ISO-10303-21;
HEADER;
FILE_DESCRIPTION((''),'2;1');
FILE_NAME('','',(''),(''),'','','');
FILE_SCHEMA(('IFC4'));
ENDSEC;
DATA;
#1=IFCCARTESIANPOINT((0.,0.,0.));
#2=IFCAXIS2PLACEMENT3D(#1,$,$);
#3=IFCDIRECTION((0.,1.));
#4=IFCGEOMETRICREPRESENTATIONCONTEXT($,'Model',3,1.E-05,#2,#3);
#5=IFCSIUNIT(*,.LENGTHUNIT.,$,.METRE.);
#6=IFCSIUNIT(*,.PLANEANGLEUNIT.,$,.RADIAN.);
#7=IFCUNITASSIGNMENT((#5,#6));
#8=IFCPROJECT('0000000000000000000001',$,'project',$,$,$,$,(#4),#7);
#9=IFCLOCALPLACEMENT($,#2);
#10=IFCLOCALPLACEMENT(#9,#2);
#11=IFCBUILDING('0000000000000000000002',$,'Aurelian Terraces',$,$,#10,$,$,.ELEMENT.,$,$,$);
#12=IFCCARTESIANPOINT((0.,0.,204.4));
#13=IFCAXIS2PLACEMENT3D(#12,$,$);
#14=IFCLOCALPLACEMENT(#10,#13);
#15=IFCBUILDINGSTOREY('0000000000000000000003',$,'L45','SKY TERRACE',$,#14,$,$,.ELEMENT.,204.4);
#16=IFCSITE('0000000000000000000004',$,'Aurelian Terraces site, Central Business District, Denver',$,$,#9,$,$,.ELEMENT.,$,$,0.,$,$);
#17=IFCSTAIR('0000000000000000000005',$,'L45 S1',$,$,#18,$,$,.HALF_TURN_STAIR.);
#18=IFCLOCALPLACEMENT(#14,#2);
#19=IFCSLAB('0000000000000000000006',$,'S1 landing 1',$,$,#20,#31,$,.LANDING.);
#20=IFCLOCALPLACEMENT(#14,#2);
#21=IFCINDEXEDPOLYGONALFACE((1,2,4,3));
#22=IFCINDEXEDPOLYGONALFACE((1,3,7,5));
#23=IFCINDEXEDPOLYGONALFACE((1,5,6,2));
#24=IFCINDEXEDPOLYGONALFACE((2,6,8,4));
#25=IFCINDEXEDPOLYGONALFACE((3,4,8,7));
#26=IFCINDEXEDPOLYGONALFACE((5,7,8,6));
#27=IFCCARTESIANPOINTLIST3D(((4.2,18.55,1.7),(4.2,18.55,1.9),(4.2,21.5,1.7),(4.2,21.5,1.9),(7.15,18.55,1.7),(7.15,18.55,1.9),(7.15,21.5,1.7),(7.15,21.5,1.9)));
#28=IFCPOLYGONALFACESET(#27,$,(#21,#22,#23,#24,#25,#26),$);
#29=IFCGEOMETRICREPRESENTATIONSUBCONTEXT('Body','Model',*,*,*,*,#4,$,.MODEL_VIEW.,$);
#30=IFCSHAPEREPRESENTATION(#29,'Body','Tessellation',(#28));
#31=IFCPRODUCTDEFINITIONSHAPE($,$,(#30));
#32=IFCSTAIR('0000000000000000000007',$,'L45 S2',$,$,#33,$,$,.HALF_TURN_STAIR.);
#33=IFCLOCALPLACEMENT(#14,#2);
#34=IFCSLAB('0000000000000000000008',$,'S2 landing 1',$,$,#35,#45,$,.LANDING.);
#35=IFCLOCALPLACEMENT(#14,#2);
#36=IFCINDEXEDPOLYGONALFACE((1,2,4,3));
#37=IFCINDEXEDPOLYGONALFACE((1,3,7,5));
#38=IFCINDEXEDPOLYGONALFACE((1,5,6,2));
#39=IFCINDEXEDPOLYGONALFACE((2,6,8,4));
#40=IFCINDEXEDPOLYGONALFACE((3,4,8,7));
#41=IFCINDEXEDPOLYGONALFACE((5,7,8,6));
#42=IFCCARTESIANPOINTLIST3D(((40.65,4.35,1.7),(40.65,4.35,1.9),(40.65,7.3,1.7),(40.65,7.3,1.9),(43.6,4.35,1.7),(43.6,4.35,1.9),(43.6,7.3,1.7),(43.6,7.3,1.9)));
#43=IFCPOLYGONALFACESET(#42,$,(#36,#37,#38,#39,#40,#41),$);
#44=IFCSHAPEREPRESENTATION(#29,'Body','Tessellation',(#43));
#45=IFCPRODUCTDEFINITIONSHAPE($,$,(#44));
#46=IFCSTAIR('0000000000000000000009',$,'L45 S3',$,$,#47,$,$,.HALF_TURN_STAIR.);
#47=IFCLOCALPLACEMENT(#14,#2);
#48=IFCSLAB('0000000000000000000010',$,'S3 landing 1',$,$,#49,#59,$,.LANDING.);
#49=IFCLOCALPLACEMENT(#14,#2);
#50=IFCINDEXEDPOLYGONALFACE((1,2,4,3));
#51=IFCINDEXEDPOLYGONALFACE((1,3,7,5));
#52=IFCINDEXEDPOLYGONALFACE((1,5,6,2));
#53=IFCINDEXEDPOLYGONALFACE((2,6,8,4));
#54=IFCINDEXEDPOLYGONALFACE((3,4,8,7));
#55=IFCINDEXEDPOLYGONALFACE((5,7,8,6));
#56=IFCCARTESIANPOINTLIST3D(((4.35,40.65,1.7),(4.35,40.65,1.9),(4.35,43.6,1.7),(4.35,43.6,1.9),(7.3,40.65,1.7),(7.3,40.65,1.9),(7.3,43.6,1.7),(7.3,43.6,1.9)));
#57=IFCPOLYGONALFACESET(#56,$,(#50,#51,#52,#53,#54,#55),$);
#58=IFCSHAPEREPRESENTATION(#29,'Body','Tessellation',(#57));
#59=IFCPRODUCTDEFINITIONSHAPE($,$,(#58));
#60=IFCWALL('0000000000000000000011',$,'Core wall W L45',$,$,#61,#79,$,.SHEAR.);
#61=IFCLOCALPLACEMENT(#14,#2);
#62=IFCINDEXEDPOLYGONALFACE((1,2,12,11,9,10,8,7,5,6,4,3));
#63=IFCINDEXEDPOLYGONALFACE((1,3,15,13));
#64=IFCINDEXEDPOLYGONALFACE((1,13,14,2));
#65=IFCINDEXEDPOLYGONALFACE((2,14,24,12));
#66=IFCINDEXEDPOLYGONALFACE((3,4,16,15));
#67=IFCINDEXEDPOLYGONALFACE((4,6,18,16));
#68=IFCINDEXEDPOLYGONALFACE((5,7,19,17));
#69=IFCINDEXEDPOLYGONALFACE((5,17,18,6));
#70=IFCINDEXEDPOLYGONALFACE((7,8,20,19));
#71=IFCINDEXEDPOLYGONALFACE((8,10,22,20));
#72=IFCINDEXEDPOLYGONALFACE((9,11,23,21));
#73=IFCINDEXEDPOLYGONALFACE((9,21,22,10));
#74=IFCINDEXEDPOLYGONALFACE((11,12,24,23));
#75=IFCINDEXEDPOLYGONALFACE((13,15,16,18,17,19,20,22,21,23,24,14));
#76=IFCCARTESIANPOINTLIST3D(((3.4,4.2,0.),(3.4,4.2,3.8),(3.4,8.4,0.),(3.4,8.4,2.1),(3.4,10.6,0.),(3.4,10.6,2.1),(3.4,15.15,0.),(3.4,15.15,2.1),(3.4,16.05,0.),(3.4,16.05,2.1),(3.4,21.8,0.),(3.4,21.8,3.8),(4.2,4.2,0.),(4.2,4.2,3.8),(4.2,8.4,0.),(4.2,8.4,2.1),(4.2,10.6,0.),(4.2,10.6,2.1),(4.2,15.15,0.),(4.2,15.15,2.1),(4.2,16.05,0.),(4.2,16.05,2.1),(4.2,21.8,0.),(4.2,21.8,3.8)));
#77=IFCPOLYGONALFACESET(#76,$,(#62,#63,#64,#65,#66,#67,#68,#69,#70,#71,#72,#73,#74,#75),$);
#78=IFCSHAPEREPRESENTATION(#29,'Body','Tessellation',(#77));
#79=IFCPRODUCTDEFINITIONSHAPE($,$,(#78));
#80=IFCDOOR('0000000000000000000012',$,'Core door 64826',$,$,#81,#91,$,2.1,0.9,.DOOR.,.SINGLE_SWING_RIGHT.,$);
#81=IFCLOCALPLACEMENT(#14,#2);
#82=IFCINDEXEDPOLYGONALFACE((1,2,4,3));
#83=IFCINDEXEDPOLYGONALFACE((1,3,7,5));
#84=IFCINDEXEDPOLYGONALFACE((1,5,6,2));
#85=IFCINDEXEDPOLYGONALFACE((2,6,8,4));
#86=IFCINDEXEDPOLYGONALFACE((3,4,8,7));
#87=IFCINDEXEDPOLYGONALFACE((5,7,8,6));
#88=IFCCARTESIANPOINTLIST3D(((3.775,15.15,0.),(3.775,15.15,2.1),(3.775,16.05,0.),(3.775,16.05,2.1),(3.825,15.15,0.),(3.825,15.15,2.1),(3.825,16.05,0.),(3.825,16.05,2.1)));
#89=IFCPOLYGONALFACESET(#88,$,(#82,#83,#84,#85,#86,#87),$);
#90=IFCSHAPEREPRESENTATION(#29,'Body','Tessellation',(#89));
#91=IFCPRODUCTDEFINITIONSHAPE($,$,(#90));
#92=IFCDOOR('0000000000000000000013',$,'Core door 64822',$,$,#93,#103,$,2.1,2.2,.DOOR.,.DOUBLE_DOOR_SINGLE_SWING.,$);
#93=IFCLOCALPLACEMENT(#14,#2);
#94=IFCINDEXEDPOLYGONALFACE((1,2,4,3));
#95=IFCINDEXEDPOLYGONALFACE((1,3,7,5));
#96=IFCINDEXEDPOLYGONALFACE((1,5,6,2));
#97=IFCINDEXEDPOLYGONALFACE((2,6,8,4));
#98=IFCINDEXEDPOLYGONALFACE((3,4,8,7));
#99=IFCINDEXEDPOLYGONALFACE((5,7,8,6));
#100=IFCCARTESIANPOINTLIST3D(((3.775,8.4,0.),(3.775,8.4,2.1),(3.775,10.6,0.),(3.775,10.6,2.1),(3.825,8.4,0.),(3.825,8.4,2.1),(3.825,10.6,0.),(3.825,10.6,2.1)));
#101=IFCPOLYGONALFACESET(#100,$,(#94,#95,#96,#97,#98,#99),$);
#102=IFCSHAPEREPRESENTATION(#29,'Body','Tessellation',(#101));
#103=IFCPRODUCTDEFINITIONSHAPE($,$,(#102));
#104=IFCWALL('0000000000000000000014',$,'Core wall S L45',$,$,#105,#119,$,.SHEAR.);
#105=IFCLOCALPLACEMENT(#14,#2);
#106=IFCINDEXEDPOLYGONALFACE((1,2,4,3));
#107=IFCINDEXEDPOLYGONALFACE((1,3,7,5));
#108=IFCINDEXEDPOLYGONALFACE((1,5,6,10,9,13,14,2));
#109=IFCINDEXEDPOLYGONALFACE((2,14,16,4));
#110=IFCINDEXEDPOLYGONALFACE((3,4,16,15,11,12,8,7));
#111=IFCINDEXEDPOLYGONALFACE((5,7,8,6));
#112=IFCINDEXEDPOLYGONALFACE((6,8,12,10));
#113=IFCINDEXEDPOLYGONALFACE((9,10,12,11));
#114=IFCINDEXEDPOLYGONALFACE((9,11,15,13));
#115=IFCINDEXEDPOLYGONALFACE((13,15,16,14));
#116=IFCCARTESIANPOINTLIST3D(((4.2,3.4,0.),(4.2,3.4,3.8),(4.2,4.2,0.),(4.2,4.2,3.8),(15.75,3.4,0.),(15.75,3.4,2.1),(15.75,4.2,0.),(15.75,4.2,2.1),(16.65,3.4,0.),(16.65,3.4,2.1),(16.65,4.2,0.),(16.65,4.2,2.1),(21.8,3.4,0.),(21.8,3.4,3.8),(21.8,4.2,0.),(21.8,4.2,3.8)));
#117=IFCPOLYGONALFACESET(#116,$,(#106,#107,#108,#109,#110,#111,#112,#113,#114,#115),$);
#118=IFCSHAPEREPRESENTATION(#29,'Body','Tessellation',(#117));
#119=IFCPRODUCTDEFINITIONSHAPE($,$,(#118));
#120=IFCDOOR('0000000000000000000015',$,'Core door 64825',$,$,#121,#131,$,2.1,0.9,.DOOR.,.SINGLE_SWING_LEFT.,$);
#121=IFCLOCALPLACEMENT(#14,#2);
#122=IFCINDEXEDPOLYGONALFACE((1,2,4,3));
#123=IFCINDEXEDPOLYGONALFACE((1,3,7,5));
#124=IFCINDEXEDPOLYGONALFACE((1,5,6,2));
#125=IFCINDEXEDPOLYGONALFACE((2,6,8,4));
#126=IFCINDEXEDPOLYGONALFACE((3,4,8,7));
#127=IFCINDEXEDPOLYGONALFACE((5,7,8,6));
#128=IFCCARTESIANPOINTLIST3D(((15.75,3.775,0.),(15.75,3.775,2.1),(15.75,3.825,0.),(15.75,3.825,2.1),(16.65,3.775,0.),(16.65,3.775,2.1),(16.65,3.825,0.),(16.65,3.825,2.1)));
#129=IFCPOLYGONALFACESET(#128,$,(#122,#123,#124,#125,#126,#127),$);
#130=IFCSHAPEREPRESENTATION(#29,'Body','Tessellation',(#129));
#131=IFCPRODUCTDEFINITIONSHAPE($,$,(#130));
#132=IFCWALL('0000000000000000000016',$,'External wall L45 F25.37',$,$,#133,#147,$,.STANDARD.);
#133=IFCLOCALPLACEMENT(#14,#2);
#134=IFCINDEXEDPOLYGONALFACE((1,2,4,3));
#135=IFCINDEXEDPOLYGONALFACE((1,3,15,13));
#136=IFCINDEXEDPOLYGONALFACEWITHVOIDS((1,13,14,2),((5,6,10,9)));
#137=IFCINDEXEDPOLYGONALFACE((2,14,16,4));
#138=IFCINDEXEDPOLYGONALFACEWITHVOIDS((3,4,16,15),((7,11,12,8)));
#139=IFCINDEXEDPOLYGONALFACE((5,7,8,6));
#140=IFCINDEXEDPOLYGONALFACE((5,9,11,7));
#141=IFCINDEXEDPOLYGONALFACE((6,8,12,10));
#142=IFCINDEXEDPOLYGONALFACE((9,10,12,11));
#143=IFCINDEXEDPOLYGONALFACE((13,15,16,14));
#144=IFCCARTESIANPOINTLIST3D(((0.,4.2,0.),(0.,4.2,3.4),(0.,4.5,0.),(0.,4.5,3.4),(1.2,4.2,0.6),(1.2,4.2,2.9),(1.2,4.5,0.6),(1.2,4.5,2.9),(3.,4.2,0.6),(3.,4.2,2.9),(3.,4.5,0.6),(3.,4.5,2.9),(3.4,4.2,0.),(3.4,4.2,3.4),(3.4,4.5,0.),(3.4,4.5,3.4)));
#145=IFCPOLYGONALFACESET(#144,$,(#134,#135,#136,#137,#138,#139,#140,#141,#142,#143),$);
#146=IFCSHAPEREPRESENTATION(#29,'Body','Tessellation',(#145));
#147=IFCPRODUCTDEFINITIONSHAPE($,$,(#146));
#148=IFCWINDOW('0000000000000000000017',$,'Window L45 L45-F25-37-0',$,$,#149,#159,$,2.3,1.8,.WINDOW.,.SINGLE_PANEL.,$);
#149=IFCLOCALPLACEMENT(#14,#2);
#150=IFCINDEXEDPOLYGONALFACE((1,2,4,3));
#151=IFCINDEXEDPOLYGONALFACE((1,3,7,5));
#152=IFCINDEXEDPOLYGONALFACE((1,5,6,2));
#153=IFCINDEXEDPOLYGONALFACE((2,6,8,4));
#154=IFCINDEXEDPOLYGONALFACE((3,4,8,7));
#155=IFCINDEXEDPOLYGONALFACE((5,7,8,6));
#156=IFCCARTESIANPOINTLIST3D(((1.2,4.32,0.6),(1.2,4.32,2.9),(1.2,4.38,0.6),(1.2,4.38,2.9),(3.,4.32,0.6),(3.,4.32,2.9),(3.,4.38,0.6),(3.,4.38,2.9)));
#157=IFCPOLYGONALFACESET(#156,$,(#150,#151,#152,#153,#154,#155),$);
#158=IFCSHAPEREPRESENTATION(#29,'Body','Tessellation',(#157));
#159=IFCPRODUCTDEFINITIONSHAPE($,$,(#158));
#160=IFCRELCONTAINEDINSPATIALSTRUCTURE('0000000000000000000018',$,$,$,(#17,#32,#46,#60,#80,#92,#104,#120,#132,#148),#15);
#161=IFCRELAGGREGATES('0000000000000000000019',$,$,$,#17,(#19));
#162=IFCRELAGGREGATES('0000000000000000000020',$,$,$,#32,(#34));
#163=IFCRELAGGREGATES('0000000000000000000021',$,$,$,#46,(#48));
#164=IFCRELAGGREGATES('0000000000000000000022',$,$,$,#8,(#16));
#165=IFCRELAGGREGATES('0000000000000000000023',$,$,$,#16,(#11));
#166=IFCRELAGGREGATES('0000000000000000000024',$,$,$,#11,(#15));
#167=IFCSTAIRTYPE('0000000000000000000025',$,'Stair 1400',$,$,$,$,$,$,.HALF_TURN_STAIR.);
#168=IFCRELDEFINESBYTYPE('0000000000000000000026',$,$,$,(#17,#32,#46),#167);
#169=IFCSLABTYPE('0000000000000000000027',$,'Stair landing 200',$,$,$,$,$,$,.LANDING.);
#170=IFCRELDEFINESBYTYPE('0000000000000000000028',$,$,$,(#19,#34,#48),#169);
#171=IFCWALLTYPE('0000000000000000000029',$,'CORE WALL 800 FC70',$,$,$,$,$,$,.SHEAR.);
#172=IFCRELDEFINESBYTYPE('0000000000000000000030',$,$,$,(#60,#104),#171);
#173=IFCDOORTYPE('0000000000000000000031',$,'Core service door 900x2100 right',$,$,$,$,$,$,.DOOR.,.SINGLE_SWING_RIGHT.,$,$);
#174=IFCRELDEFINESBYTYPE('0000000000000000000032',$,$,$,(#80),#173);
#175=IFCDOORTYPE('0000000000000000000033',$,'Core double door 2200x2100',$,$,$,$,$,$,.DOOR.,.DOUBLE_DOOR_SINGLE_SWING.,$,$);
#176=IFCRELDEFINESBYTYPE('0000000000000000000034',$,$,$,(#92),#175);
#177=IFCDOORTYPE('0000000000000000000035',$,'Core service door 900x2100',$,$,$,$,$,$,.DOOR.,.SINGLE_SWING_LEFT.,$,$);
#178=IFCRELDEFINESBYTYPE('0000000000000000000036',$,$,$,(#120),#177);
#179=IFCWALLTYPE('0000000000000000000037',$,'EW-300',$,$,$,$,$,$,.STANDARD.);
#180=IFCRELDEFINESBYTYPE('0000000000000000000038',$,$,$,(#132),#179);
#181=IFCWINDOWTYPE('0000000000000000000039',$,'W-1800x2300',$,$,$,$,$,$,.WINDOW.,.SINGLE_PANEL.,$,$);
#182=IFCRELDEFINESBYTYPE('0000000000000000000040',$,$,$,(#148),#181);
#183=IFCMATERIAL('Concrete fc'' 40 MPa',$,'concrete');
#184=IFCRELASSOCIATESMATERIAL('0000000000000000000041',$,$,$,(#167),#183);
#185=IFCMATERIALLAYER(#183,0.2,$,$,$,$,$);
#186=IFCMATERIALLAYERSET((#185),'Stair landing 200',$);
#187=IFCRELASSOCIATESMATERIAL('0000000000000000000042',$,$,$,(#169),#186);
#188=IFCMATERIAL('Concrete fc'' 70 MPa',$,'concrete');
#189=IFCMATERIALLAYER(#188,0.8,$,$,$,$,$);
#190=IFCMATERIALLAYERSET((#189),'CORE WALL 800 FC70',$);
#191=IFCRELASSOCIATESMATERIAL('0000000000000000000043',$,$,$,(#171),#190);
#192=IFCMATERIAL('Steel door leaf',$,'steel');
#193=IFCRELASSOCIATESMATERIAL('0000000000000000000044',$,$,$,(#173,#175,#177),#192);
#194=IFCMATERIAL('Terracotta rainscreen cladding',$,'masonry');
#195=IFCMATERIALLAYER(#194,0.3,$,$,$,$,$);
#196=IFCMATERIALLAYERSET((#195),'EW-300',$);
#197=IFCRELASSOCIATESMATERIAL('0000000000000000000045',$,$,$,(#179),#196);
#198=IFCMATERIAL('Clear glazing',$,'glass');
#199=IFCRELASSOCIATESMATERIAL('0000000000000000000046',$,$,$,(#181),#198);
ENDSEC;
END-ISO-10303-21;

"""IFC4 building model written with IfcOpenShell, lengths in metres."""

from ifc_helpers import new_model, si_unit, direction, frame, frame_2d, origin, place, context, subcontext, project, spatial, polyline, rectangle, outline, extrude, source, transform, mapped, material, layer, layer_set, type_object, element, fill, aggregate, save


model = new_model("IFC4")

# Units and contexts
model_context = context("Model", 3, precision=1e-05, world=origin(), true_north=direction((0.0, 1.0)))
body_context = subcontext(model_context, "Body", "Model", "MODEL_VIEW")
ifc_project = project(units=[si_unit("LENGTHUNIT", "METRE"), si_unit("PLANEANGLEUNIT", "RADIAN")], contexts=[model_context])

# Site, building, storey
site_placement = place(None, origin())
site = spatial("IfcSite", under=ifc_project, at=site_placement, Name="Aurelian Terraces site, Central Business District, Denver", CompositionType="ELEMENT", RefElevation=0.0)
building_placement = place(site_placement, origin())
building = spatial("IfcBuilding", under=site, at=building_placement, Name="Aurelian Terraces", CompositionType="ELEMENT")
storey_placement = place(building_placement, frame((0.0, 0.0, 204.4)))
storey = spatial("IfcBuildingStorey", under=building, at=storey_placement, Name="L45", Description="SKY TERRACE", CompositionType="ELEMENT", Elevation=204.4)

# Shared definitions
ifc_material_1 = material(Name="Concrete fc' 40 MPa", Category="concrete")

# Shared definitions
ifc_material_2 = material(Name="Clear glazing", Category="glass")

# Stairs, slabs
stair_type = type_object("IfcStairType", Name="Stair 1400", PredefinedType="HALF_TURN_STAIR", material=ifc_material_1)
stair_1_placement = place(storey_placement, origin())
stair_1 = element("IfcStair", 1, at=stair_1_placement, inside=storey, type_object=stair_type, Name="L45 S1", PredefinedType="HALF_TURN_STAIR")
ifc_layer_1 = layer(ifc_material_1, 0.2)
ifc_layer_set_1 = layer_set([ifc_layer_1], Name="Stair landing 200")
slab_type_1 = type_object("IfcSlabType", Name="Stair landing 200", PredefinedType="LANDING", material=ifc_layer_set_1)
shared_shape_1 = source(origin(), body_context, "Body", "SweptSolid", [
    extrude(outline(polyline([(7.15, 18.55), (7.15, 21.5), (4.2, 21.5), (4.2, 18.55), (7.15, 18.55)])), origin(), (0.0, 0.0, 1.0), 0.2),
])
slab_1_placement = place(storey_placement, frame((0.0, 0.0, 1.7)))
slab_1 = element("IfcSlab", 2, at=slab_1_placement, type_object=slab_type_1, Name="S1 landing 1", PredefinedType="LANDING", context=body_context, shape_type="MappedRepresentation", body=[
    mapped(shared_shape_1, transform((0.0, 0.0, 0.0), scale=1.0)),
])
aggregate(stair_1, [slab_1])
stair_2_placement = place(storey_placement, origin())
stair_2 = element("IfcStair", 3, at=stair_2_placement, inside=storey, type_object=stair_type, Name="L45 S2", PredefinedType="HALF_TURN_STAIR")
shared_shape_2 = source(origin(), body_context, "Body", "SweptSolid", [
    extrude(outline(polyline([(43.6, 4.35), (43.6, 7.3), (40.65, 7.3), (40.65, 4.35), (43.6, 4.35)])), origin(), (0.0, 0.0, 1.0), 0.2),
])
slab_2_placement = place(storey_placement, frame((0.0, 0.0, 1.7)))
slab_2 = element("IfcSlab", 4, at=slab_2_placement, type_object=slab_type_1, Name="S2 landing 1", PredefinedType="LANDING", context=body_context, shape_type="MappedRepresentation", body=[
    mapped(shared_shape_2, transform((0.0, 0.0, 0.0), scale=1.0)),
])
aggregate(stair_2, [slab_2])
stair_3_placement = place(storey_placement, origin())
stair_3 = element("IfcStair", 5, at=stair_3_placement, inside=storey, type_object=stair_type, Name="L45 S3", PredefinedType="HALF_TURN_STAIR")
shared_shape_3 = source(origin(), body_context, "Body", "SweptSolid", [
    extrude(outline(polyline([(4.35, 40.65), (7.3, 40.65), (7.3, 43.6), (4.35, 43.6), (4.35, 40.65)])), origin(), (0.0, 0.0, 1.0), 0.2),
])
slab_3_placement = place(storey_placement, frame((0.0, 0.0, 1.7)))
slab_3 = element("IfcSlab", 6, at=slab_3_placement, type_object=slab_type_1, Name="S3 landing 1", PredefinedType="LANDING", context=body_context, shape_type="MappedRepresentation", body=[
    mapped(shared_shape_3, transform((0.0, 0.0, 0.0), scale=1.0)),
])
aggregate(stair_3, [slab_3])

# Wall, openings, doors
ifc_material_3 = material(Name="Concrete fc' 70 MPa", Category="concrete")
ifc_layer_2 = layer(ifc_material_3, 0.8)
ifc_layer_set_2 = layer_set([ifc_layer_2], Name="CORE WALL 800 FC70")
wall_type_1 = type_object("IfcWallType", Name="CORE WALL 800 FC70", PredefinedType="SHEAR", material=ifc_layer_set_2)
shared_shape_4 = source(origin(), body_context, "Body", "SweptSolid", [
    extrude(rectangle(XDim=17.6, YDim=0.8, at=frame_2d((8.8, 0.0))), origin(), (0.0, 0.0, 1.0), 3.8),
])
wall_1_placement = place(storey_placement, frame((3.8, 4.2, 0.0), z_axis=(0.0, 0.0, 1.0), x_axis=(0.0, 1.0, 0.0)))
wall_1 = element("IfcWall", 7, at=wall_1_placement, inside=storey, type_object=wall_type_1, Name="Core wall W L45", PredefinedType="SHEAR", context=body_context, shape_type="MappedRepresentation", body=[
    mapped(shared_shape_4, transform((0.0, 0.0, 0.0), scale=1.0)),
])
shared_shape_5 = source(origin(), body_context, "Body", "SweptSolid", [
    extrude(rectangle(XDim=2.2, YDim=2.1, at=frame_2d((1.1, 1.05))), frame((0.0, 0.41, 0.0), z_axis=(0.0, -1.0, 0.0), x_axis=(1.0, 0.0, 0.0)), (0.0, 0.0, 1.0), 0.82),
])
opening_1_placement = place(wall_1_placement, frame((4.2, 0.0, 0.0)))
opening_1 = element("IfcOpeningElement", 8, at=opening_1_placement, cuts=wall_1, PredefinedType="OPENING", context=body_context, shape_type="MappedRepresentation", body=[
    mapped(shared_shape_5, transform((0.0, 0.0, 0.0), scale=1.0)),
])
shared_shape_6 = source(origin(), body_context, "Body", "SweptSolid", [
    extrude(rectangle(XDim=0.9, YDim=2.1, at=frame_2d((0.45, 1.05))), frame((0.0, 0.41, 0.0), z_axis=(0.0, -1.0, 0.0), x_axis=(1.0, 0.0, 0.0)), (0.0, 0.0, 1.0), 0.82),
])
opening_2_placement = place(wall_1_placement, frame((10.95, 0.0, 0.0)))
opening_2 = element("IfcOpeningElement", 9, at=opening_2_placement, cuts=wall_1, PredefinedType="OPENING", context=body_context, shape_type="MappedRepresentation", body=[
    mapped(shared_shape_6, transform((0.0, 0.0, 0.0), scale=1.0)),
])
ifc_material_4 = material(Name="Steel door leaf", Category="steel")
door_type_1 = type_object("IfcDoorType", Name="Core service door 900x2100 right", OperationType="SINGLE_SWING_RIGHT", PredefinedType="DOOR", material=ifc_material_4)
shared_shape_7 = source(origin(), body_context, "Body", "SweptSolid", [
    extrude(rectangle(XDim=0.9, YDim=2.1, at=frame_2d((0.45, 1.05))), frame((0.0, 0.025, 0.0), z_axis=(0.0, -1.0, 0.0), x_axis=(1.0, 0.0, 0.0)), (0.0, 0.0, 1.0), 0.05),
])
door_1_placement = place(opening_2_placement, origin())
door_1 = element("IfcDoor", 10, at=door_1_placement, inside=storey, type_object=door_type_1, Name="Core door 64826", OperationType="SINGLE_SWING_RIGHT", OverallHeight=2.1, OverallWidth=0.9, PredefinedType="DOOR", context=body_context, shape_type="MappedRepresentation", body=[
    mapped(shared_shape_7, transform((0.0, 0.0, 0.0), scale=1.0)),
])
fill(opening_2, door_1)
door_type_2 = type_object("IfcDoorType", Name="Core double door 2200x2100", OperationType="DOUBLE_DOOR_SINGLE_SWING", PredefinedType="DOOR", material=ifc_material_4)
shared_shape_8 = source(origin(), body_context, "Body", "SweptSolid", [
    extrude(rectangle(XDim=2.2, YDim=2.1, at=frame_2d((1.1, 1.05))), frame((0.0, 0.025, 0.0), z_axis=(0.0, -1.0, 0.0), x_axis=(1.0, 0.0, 0.0)), (0.0, 0.0, 1.0), 0.05),
])
door_2_placement = place(opening_1_placement, origin())
door_2 = element("IfcDoor", 11, at=door_2_placement, inside=storey, type_object=door_type_2, Name="Core door 64822", OperationType="DOUBLE_DOOR_SINGLE_SWING", OverallHeight=2.1, OverallWidth=2.2, PredefinedType="DOOR", context=body_context, shape_type="MappedRepresentation", body=[
    mapped(shared_shape_8, transform((0.0, 0.0, 0.0), scale=1.0)),
])
fill(opening_1, door_2)

# Wall, opening, door
wall_2_placement = place(storey_placement, frame((4.2, 3.8, 0.0), z_axis=(0.0, 0.0, 1.0), x_axis=(1.0, 0.0, 0.0)))
wall_2 = element("IfcWall", 12, at=wall_2_placement, inside=storey, type_object=wall_type_1, Name="Core wall S L45", PredefinedType="SHEAR", context=body_context, shape_type="MappedRepresentation", body=[
    mapped(shared_shape_4, transform((0.0, 0.0, 0.0), scale=1.0)),
])
opening_3_placement = place(wall_2_placement, frame((11.55, 0.0, 0.0)))
opening_3 = element("IfcOpeningElement", 13, at=opening_3_placement, cuts=wall_2, PredefinedType="OPENING", context=body_context, shape_type="MappedRepresentation", body=[
    mapped(shared_shape_6, transform((0.0, 0.0, 0.0), scale=1.0)),
])
door_type_3 = type_object("IfcDoorType", Name="Core service door 900x2100", OperationType="SINGLE_SWING_LEFT", PredefinedType="DOOR", material=ifc_material_4)
door_3_placement = place(opening_3_placement, origin())
door_3 = element("IfcDoor", 14, at=door_3_placement, inside=storey, type_object=door_type_3, Name="Core door 64825", OperationType="SINGLE_SWING_LEFT", OverallHeight=2.1, OverallWidth=0.9, PredefinedType="DOOR", context=body_context, shape_type="MappedRepresentation", body=[
    mapped(shared_shape_7, transform((0.0, 0.0, 0.0), scale=1.0)),
])
fill(opening_3, door_3)

# Wall, opening, window
ifc_material_5 = material(Name="Terracotta rainscreen cladding", Category="masonry")
ifc_layer_3 = layer(ifc_material_5, 0.3)
ifc_layer_set_3 = layer_set([ifc_layer_3], Name="EW-300")
wall_type_2 = type_object("IfcWallType", Name="EW-300", PredefinedType="STANDARD", material=ifc_layer_set_3)
shared_shape_9 = source(origin(), body_context, "Body", "SweptSolid", [
    extrude(rectangle(XDim=3.4, YDim=0.3, at=frame_2d((1.7, 0.0))), origin(), (0.0, 0.0, 1.0), 3.4),
])
wall_3_placement = place(storey_placement, frame((0.0, 4.35, 0.0), z_axis=(0.0, 0.0, 1.0), x_axis=(1.0, 0.0, 0.0)))
wall_3 = element("IfcWall", 15, at=wall_3_placement, inside=storey, type_object=wall_type_2, Name="External wall L45 F25.37", PredefinedType="STANDARD", context=body_context, shape_type="MappedRepresentation", body=[
    mapped(shared_shape_9, transform((0.0, 0.0, 0.0), scale=1.0)),
])
shared_shape_10 = source(origin(), body_context, "Body", "SweptSolid", [
    extrude(rectangle(XDim=1.8, YDim=2.3, at=frame_2d((0.9, 1.15))), frame((0.0, 0.16, 0.0), z_axis=(0.0, -1.0, 0.0), x_axis=(1.0, 0.0, 0.0)), (0.0, 0.0, 1.0), 0.32),
])
opening_4_placement = place(wall_3_placement, frame((1.2, 0.0, 0.6)))
opening_4 = element("IfcOpeningElement", 16, at=opening_4_placement, cuts=wall_3, PredefinedType="OPENING", context=body_context, shape_type="MappedRepresentation", body=[
    mapped(shared_shape_10, transform((0.0, 0.0, 0.0), scale=1.0)),
])
window_type_1 = type_object("IfcWindowType", Name="W-1800x2300", PartitioningType="SINGLE_PANEL", PredefinedType="WINDOW", material=ifc_material_2)
shared_shape_11 = source(origin(), body_context, "Body", "SweptSolid", [
    extrude(rectangle(XDim=1.8, YDim=2.3, at=frame_2d((0.9, 1.15))), frame((0.0, 0.03, 0.0), z_axis=(0.0, -1.0, 0.0), x_axis=(1.0, 0.0, 0.0)), (0.0, 0.0, 1.0), 0.06),
])
window_1_placement = place(opening_4_placement, origin())
window_1 = element("IfcWindow", 17, at=window_1_placement, inside=storey, type_object=window_type_1, Name="Window L45 L45-F25-37-0", OverallHeight=2.3, OverallWidth=1.8, PartitioningType="SINGLE_PANEL", PredefinedType="WINDOW", context=body_context, shape_type="MappedRepresentation", body=[
    mapped(shared_shape_11, transform((0.0, 0.0, 0.0), scale=1.0)),
])
fill(opening_4, window_1)

save(model, "model.ifc")
